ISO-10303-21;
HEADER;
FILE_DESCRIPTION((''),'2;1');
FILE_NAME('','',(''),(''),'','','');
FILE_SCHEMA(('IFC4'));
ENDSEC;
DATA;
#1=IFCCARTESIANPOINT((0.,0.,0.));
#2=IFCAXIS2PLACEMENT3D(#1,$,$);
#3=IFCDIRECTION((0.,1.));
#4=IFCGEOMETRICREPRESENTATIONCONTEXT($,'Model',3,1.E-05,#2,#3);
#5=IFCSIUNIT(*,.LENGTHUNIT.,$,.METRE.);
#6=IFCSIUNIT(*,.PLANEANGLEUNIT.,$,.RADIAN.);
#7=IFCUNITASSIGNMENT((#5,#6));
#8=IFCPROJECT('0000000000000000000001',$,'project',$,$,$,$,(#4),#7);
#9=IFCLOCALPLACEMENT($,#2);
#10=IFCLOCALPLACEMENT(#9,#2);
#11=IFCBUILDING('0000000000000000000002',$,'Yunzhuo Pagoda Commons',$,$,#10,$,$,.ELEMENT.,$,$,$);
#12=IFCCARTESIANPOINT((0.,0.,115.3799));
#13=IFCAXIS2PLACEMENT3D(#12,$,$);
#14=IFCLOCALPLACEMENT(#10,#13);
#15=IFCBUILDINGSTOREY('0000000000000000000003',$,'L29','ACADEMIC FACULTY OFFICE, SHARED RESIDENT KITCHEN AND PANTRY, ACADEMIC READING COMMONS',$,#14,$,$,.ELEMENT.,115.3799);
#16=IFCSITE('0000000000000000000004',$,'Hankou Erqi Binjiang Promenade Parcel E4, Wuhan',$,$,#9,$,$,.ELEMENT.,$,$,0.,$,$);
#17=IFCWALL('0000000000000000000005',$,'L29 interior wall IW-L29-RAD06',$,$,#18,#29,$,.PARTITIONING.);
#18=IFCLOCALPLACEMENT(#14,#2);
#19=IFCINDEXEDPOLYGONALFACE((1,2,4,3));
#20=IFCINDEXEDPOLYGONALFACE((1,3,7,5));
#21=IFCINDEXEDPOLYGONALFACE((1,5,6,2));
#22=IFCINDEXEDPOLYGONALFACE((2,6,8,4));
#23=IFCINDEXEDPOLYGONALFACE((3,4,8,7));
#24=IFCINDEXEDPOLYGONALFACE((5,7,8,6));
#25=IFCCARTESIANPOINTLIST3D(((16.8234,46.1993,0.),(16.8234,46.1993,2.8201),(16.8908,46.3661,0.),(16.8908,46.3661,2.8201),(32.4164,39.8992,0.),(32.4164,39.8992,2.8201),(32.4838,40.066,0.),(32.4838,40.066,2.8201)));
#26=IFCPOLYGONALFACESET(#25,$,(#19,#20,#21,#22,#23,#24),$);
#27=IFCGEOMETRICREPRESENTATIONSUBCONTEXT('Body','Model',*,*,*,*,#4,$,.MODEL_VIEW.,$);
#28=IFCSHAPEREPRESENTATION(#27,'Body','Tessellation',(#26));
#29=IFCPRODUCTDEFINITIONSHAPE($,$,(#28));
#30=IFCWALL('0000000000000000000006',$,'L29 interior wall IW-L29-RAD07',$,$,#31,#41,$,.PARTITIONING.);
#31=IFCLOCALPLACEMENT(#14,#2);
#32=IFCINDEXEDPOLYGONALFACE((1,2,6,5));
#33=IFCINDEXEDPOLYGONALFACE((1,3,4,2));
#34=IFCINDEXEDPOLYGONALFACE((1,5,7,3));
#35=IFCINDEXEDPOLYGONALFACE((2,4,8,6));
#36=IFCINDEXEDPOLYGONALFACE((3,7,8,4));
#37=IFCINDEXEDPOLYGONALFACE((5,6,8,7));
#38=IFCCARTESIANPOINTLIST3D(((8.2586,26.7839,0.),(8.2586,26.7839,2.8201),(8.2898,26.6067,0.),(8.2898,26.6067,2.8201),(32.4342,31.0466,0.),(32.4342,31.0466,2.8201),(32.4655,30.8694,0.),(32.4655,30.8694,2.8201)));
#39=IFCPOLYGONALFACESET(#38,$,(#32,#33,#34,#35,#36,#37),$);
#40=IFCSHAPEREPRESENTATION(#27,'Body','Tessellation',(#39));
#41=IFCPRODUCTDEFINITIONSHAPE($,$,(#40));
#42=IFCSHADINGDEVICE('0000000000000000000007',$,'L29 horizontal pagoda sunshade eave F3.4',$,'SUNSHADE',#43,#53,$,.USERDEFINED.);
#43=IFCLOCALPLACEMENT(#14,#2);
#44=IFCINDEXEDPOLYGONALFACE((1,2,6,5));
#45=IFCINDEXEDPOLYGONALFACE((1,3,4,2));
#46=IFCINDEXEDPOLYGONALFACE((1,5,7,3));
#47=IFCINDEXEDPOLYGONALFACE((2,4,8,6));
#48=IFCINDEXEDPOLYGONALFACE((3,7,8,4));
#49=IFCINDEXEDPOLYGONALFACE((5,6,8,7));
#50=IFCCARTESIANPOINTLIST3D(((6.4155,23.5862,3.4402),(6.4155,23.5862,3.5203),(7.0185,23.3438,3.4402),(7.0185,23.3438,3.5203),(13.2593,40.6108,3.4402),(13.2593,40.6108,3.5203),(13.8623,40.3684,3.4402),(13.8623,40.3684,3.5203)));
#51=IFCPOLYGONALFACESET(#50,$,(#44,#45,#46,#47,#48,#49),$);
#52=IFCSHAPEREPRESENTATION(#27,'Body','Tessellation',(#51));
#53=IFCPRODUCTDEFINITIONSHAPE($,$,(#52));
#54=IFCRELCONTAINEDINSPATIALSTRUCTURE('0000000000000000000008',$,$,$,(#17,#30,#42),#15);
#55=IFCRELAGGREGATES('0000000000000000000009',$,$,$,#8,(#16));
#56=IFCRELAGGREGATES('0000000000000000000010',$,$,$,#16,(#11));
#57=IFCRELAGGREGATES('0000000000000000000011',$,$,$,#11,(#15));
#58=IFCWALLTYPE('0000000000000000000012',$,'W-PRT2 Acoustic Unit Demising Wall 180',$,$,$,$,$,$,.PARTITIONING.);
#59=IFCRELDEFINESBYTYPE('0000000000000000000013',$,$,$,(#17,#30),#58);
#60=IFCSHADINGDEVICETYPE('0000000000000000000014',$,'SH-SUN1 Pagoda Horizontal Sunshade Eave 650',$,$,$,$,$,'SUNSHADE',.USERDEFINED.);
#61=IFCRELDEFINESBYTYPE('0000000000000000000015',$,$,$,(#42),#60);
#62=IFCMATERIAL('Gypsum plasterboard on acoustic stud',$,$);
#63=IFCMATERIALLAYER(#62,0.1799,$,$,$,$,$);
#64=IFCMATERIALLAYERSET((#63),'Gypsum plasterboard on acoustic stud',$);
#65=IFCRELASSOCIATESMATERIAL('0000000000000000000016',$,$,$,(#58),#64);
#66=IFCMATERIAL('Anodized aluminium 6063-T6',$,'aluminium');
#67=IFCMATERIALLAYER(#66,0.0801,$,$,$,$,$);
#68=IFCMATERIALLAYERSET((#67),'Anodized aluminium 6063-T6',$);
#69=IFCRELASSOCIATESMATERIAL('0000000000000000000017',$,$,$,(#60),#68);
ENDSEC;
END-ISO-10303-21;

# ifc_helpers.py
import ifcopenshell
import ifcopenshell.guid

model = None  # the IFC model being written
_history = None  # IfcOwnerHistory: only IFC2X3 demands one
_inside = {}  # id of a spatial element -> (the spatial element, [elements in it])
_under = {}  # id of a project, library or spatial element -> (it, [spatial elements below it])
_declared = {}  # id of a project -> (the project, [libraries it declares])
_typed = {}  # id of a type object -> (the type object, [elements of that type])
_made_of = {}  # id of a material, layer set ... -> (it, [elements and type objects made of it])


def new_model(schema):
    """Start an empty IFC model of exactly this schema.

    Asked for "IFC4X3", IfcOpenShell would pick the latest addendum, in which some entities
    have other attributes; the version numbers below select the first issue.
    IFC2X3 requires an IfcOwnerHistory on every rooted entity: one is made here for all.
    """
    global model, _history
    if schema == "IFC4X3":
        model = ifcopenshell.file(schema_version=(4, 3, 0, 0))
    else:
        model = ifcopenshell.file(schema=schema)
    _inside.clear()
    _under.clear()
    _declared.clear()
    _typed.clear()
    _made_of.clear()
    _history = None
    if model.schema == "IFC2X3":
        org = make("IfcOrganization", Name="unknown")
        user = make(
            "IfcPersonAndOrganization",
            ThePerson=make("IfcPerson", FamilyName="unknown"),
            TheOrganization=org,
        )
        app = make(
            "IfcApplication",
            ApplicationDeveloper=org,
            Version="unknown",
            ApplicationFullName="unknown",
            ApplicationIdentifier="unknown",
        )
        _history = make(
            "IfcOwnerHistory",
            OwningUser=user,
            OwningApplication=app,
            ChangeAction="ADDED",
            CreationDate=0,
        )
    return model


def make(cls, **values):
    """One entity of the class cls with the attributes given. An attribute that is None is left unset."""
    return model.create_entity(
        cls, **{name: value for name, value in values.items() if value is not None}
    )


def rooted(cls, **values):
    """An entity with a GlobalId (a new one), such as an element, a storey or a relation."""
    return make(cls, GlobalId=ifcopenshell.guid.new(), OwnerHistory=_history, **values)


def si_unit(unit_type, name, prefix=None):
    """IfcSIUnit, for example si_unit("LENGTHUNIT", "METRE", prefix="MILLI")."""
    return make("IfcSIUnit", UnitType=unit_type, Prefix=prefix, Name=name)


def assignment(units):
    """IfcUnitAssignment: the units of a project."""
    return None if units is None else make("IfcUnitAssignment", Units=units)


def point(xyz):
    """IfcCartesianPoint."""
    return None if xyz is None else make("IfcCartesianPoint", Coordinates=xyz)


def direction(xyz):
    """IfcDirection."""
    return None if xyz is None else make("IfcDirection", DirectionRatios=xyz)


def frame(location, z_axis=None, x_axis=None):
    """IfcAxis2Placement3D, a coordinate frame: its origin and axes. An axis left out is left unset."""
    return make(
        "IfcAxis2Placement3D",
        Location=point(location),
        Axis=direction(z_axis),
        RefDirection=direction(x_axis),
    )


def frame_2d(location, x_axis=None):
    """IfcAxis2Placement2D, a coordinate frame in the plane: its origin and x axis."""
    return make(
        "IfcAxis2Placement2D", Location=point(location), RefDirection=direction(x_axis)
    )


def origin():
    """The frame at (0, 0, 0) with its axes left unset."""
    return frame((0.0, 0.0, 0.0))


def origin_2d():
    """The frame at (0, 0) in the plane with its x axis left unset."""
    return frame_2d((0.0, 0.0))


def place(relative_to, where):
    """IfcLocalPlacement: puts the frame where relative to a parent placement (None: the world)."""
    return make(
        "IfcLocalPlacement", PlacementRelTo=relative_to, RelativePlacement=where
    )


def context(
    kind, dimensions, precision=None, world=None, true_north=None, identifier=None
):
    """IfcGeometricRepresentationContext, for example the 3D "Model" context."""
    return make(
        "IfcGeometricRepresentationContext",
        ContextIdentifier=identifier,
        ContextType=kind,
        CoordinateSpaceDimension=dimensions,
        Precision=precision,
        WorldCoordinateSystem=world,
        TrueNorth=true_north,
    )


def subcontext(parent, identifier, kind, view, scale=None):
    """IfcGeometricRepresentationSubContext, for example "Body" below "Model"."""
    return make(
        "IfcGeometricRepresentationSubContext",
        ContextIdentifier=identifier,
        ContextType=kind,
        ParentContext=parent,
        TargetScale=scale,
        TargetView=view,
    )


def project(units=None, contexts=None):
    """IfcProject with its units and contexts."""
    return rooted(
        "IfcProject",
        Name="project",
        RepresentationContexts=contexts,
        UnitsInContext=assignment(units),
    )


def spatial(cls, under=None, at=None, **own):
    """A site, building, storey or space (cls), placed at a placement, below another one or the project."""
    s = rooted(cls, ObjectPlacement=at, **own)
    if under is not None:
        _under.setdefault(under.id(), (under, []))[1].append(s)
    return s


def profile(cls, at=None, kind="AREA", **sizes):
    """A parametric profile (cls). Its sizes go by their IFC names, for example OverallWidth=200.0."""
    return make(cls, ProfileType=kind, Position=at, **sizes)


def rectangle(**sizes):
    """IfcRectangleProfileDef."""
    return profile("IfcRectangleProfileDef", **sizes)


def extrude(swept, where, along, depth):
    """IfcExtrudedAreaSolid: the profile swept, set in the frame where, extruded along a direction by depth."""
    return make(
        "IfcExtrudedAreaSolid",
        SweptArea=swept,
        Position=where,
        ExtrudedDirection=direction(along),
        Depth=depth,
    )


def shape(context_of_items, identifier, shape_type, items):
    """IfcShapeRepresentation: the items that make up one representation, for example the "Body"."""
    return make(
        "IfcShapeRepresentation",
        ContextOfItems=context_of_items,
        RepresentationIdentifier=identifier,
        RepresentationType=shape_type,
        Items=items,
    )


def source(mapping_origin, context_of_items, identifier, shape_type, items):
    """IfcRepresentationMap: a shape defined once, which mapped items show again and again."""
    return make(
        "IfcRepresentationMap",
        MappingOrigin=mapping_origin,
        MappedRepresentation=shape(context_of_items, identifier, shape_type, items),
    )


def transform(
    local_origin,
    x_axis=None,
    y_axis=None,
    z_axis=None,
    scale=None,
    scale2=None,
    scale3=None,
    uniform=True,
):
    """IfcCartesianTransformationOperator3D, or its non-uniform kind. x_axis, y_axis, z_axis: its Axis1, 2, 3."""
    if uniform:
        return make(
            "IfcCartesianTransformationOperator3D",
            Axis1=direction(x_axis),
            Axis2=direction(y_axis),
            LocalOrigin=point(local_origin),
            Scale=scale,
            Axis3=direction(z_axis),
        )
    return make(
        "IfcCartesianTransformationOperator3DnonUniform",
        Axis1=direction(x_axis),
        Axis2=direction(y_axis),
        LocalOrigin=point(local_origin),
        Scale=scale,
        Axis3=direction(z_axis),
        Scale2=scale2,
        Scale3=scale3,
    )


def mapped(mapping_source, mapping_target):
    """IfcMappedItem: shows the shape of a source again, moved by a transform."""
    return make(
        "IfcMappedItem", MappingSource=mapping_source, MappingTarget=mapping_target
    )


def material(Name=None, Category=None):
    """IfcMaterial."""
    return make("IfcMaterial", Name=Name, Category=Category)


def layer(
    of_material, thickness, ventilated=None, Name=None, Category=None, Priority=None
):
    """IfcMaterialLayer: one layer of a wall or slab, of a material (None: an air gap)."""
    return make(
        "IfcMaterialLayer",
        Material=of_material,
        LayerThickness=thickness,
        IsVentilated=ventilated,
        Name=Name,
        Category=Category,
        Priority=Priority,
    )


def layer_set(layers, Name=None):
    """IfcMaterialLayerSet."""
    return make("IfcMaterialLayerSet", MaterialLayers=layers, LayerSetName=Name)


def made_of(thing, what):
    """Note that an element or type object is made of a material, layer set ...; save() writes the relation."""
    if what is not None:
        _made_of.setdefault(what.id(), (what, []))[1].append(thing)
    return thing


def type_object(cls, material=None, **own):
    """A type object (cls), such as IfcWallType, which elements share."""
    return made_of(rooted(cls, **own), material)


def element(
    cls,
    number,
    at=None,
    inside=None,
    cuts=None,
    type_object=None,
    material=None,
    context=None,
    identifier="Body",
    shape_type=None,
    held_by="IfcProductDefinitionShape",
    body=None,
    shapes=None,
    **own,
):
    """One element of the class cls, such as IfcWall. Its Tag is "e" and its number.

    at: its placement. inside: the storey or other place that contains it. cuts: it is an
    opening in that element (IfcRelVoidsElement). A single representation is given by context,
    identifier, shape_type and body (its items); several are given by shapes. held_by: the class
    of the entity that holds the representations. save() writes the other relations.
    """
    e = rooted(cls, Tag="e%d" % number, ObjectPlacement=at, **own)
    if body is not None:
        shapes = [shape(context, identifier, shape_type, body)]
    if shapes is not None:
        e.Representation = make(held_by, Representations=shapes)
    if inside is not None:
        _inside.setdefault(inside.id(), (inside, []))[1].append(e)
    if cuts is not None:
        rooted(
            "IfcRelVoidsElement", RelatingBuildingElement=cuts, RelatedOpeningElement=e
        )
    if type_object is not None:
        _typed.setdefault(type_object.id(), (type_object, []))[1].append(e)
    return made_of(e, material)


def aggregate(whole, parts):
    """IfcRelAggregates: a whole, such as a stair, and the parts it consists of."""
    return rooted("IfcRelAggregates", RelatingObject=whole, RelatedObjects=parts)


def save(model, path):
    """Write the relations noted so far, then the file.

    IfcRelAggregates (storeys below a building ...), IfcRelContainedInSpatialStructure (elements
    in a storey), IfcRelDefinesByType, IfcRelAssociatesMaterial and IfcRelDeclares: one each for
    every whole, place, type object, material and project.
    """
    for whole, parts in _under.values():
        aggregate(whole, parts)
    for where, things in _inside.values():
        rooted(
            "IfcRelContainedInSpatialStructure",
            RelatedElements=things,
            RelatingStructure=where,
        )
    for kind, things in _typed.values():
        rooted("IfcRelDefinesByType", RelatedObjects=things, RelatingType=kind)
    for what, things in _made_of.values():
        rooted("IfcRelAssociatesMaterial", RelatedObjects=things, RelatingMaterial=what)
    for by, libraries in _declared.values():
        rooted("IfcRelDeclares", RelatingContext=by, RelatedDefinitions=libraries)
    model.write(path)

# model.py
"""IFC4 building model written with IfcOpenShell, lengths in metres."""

from ifc_helpers import new_model, si_unit, direction, frame, frame_2d, origin, origin_2d, place, context, subcontext, project, spatial, rectangle, extrude, source, transform, mapped, material, layer, layer_set, type_object, element, save


model = new_model("IFC4")

# Units and contexts
model_context = context("Model", 3, precision=1e-05, world=origin(), true_north=direction((0.0, 1.0)))
body_context = subcontext(model_context, "Body", "Model", "MODEL_VIEW")
ifc_project = project(units=[si_unit("LENGTHUNIT", "METRE"), si_unit("PLANEANGLEUNIT", "RADIAN")], contexts=[model_context])

# Site, building, storey
site_placement = place(None, origin())
site = spatial("IfcSite", under=ifc_project, at=site_placement, Name="Hankou Erqi Binjiang Promenade Parcel E4, Wuhan", CompositionType="ELEMENT", RefElevation=0.0)
building_placement = place(site_placement, origin())
building = spatial("IfcBuilding", under=site, at=building_placement, Name="Yunzhuo Pagoda Commons", CompositionType="ELEMENT")
storey_placement = place(building_placement, frame((0.0, 0.0, 115.3799)))
storey = spatial("IfcBuildingStorey", under=building, at=storey_placement, Name="L29", Description="ACADEMIC FACULTY OFFICE, SHARED RESIDENT KITCHEN AND PANTRY, ACADEMIC READING COMMONS", CompositionType="ELEMENT", Elevation=115.3799)

# Shared definitions
ifc_material_1 = material(Name="Anodized aluminium 6063-T6", Category="aluminium")

# Shared definitions
ifc_material_2 = material(Name="Gypsum plasterboard on acoustic stud")

# Walls
ifc_layer_1 = layer(ifc_material_2, 0.1799)
ifc_layer_set_1 = layer_set([ifc_layer_1], Name="Gypsum plasterboard on acoustic stud")
wall_type_1 = type_object("IfcWallType", Name="W-PRT2 Acoustic Unit Demising Wall 180", PredefinedType="PARTITIONING", material=ifc_layer_set_1)
wall_1_placement = place(storey_placement, frame((32.45, 39.9827, 0.0), z_axis=(0.0, 0.0, 1.0), x_axis=(-0.927183, 0.37461, 0.0)))
element("IfcWall", 1, at=wall_1_placement, inside=storey, type_object=wall_type_1, Name="L29 interior wall IW-L29-RAD06", PredefinedType="PARTITIONING", context=body_context, shape_type="SweptSolid", body=[
    extrude(rectangle(XDim=16.8176, YDim=0.1799, at=frame_2d((8.4087, 0.0))), origin(), (0.0, 0.0, 1.0), 2.8201),
])
wall_2_placement = place(storey_placement, frame((32.45, 30.958, 0.0), z_axis=(0.0, 0.0, 1.0), x_axis=(-0.984808, -0.173644, 0.0)))
element("IfcWall", 2, at=wall_2_placement, inside=storey, type_object=wall_type_1, Name="L29 interior wall IW-L29-RAD07", PredefinedType="PARTITIONING", context=body_context, shape_type="SweptSolid", body=[
    extrude(rectangle(XDim=24.5486, YDim=0.1799, at=frame_2d((12.2744, 0.0))), origin(), (0.0, 0.0, 1.0), 2.8201),
])

# Shading device
ifc_layer_2 = layer(ifc_material_1, 0.0801)
ifc_layer_set_2 = layer_set([ifc_layer_2], Name="Anodized aluminium 6063-T6")
shading_device_type = type_object("IfcShadingDeviceType", Name="SH-SUN1 Pagoda Horizontal Sunshade Eave 650", ElementType="SUNSHADE", PredefinedType="USERDEFINED", material=ifc_layer_set_2)
shared_shape_1 = source(origin(), body_context, "Body", "SweptSolid", [
    extrude(rectangle(XDim=18.3486, YDim=0.6499, at=origin_2d()), origin(), (0.0, 0.0, 1.0), 0.0801),
])
shading_device_placement = place(storey_placement, frame((10.1389, 31.9773, 3.4402), z_axis=(0.0, 0.0, 1.0), x_axis=(-0.372988, -0.927836, 0.0)))
element("IfcShadingDevice", 3, at=shading_device_placement, inside=storey, type_object=shading_device_type, Name="L29 horizontal pagoda sunshade eave F3.4", ObjectType="SUNSHADE", PredefinedType="USERDEFINED", context=body_context, shape_type="MappedRepresentation", body=[
    mapped(shared_shape_1, transform((0.0, 0.0, 0.0), scale=1.0)),
])

save(model, "model.ifc")
